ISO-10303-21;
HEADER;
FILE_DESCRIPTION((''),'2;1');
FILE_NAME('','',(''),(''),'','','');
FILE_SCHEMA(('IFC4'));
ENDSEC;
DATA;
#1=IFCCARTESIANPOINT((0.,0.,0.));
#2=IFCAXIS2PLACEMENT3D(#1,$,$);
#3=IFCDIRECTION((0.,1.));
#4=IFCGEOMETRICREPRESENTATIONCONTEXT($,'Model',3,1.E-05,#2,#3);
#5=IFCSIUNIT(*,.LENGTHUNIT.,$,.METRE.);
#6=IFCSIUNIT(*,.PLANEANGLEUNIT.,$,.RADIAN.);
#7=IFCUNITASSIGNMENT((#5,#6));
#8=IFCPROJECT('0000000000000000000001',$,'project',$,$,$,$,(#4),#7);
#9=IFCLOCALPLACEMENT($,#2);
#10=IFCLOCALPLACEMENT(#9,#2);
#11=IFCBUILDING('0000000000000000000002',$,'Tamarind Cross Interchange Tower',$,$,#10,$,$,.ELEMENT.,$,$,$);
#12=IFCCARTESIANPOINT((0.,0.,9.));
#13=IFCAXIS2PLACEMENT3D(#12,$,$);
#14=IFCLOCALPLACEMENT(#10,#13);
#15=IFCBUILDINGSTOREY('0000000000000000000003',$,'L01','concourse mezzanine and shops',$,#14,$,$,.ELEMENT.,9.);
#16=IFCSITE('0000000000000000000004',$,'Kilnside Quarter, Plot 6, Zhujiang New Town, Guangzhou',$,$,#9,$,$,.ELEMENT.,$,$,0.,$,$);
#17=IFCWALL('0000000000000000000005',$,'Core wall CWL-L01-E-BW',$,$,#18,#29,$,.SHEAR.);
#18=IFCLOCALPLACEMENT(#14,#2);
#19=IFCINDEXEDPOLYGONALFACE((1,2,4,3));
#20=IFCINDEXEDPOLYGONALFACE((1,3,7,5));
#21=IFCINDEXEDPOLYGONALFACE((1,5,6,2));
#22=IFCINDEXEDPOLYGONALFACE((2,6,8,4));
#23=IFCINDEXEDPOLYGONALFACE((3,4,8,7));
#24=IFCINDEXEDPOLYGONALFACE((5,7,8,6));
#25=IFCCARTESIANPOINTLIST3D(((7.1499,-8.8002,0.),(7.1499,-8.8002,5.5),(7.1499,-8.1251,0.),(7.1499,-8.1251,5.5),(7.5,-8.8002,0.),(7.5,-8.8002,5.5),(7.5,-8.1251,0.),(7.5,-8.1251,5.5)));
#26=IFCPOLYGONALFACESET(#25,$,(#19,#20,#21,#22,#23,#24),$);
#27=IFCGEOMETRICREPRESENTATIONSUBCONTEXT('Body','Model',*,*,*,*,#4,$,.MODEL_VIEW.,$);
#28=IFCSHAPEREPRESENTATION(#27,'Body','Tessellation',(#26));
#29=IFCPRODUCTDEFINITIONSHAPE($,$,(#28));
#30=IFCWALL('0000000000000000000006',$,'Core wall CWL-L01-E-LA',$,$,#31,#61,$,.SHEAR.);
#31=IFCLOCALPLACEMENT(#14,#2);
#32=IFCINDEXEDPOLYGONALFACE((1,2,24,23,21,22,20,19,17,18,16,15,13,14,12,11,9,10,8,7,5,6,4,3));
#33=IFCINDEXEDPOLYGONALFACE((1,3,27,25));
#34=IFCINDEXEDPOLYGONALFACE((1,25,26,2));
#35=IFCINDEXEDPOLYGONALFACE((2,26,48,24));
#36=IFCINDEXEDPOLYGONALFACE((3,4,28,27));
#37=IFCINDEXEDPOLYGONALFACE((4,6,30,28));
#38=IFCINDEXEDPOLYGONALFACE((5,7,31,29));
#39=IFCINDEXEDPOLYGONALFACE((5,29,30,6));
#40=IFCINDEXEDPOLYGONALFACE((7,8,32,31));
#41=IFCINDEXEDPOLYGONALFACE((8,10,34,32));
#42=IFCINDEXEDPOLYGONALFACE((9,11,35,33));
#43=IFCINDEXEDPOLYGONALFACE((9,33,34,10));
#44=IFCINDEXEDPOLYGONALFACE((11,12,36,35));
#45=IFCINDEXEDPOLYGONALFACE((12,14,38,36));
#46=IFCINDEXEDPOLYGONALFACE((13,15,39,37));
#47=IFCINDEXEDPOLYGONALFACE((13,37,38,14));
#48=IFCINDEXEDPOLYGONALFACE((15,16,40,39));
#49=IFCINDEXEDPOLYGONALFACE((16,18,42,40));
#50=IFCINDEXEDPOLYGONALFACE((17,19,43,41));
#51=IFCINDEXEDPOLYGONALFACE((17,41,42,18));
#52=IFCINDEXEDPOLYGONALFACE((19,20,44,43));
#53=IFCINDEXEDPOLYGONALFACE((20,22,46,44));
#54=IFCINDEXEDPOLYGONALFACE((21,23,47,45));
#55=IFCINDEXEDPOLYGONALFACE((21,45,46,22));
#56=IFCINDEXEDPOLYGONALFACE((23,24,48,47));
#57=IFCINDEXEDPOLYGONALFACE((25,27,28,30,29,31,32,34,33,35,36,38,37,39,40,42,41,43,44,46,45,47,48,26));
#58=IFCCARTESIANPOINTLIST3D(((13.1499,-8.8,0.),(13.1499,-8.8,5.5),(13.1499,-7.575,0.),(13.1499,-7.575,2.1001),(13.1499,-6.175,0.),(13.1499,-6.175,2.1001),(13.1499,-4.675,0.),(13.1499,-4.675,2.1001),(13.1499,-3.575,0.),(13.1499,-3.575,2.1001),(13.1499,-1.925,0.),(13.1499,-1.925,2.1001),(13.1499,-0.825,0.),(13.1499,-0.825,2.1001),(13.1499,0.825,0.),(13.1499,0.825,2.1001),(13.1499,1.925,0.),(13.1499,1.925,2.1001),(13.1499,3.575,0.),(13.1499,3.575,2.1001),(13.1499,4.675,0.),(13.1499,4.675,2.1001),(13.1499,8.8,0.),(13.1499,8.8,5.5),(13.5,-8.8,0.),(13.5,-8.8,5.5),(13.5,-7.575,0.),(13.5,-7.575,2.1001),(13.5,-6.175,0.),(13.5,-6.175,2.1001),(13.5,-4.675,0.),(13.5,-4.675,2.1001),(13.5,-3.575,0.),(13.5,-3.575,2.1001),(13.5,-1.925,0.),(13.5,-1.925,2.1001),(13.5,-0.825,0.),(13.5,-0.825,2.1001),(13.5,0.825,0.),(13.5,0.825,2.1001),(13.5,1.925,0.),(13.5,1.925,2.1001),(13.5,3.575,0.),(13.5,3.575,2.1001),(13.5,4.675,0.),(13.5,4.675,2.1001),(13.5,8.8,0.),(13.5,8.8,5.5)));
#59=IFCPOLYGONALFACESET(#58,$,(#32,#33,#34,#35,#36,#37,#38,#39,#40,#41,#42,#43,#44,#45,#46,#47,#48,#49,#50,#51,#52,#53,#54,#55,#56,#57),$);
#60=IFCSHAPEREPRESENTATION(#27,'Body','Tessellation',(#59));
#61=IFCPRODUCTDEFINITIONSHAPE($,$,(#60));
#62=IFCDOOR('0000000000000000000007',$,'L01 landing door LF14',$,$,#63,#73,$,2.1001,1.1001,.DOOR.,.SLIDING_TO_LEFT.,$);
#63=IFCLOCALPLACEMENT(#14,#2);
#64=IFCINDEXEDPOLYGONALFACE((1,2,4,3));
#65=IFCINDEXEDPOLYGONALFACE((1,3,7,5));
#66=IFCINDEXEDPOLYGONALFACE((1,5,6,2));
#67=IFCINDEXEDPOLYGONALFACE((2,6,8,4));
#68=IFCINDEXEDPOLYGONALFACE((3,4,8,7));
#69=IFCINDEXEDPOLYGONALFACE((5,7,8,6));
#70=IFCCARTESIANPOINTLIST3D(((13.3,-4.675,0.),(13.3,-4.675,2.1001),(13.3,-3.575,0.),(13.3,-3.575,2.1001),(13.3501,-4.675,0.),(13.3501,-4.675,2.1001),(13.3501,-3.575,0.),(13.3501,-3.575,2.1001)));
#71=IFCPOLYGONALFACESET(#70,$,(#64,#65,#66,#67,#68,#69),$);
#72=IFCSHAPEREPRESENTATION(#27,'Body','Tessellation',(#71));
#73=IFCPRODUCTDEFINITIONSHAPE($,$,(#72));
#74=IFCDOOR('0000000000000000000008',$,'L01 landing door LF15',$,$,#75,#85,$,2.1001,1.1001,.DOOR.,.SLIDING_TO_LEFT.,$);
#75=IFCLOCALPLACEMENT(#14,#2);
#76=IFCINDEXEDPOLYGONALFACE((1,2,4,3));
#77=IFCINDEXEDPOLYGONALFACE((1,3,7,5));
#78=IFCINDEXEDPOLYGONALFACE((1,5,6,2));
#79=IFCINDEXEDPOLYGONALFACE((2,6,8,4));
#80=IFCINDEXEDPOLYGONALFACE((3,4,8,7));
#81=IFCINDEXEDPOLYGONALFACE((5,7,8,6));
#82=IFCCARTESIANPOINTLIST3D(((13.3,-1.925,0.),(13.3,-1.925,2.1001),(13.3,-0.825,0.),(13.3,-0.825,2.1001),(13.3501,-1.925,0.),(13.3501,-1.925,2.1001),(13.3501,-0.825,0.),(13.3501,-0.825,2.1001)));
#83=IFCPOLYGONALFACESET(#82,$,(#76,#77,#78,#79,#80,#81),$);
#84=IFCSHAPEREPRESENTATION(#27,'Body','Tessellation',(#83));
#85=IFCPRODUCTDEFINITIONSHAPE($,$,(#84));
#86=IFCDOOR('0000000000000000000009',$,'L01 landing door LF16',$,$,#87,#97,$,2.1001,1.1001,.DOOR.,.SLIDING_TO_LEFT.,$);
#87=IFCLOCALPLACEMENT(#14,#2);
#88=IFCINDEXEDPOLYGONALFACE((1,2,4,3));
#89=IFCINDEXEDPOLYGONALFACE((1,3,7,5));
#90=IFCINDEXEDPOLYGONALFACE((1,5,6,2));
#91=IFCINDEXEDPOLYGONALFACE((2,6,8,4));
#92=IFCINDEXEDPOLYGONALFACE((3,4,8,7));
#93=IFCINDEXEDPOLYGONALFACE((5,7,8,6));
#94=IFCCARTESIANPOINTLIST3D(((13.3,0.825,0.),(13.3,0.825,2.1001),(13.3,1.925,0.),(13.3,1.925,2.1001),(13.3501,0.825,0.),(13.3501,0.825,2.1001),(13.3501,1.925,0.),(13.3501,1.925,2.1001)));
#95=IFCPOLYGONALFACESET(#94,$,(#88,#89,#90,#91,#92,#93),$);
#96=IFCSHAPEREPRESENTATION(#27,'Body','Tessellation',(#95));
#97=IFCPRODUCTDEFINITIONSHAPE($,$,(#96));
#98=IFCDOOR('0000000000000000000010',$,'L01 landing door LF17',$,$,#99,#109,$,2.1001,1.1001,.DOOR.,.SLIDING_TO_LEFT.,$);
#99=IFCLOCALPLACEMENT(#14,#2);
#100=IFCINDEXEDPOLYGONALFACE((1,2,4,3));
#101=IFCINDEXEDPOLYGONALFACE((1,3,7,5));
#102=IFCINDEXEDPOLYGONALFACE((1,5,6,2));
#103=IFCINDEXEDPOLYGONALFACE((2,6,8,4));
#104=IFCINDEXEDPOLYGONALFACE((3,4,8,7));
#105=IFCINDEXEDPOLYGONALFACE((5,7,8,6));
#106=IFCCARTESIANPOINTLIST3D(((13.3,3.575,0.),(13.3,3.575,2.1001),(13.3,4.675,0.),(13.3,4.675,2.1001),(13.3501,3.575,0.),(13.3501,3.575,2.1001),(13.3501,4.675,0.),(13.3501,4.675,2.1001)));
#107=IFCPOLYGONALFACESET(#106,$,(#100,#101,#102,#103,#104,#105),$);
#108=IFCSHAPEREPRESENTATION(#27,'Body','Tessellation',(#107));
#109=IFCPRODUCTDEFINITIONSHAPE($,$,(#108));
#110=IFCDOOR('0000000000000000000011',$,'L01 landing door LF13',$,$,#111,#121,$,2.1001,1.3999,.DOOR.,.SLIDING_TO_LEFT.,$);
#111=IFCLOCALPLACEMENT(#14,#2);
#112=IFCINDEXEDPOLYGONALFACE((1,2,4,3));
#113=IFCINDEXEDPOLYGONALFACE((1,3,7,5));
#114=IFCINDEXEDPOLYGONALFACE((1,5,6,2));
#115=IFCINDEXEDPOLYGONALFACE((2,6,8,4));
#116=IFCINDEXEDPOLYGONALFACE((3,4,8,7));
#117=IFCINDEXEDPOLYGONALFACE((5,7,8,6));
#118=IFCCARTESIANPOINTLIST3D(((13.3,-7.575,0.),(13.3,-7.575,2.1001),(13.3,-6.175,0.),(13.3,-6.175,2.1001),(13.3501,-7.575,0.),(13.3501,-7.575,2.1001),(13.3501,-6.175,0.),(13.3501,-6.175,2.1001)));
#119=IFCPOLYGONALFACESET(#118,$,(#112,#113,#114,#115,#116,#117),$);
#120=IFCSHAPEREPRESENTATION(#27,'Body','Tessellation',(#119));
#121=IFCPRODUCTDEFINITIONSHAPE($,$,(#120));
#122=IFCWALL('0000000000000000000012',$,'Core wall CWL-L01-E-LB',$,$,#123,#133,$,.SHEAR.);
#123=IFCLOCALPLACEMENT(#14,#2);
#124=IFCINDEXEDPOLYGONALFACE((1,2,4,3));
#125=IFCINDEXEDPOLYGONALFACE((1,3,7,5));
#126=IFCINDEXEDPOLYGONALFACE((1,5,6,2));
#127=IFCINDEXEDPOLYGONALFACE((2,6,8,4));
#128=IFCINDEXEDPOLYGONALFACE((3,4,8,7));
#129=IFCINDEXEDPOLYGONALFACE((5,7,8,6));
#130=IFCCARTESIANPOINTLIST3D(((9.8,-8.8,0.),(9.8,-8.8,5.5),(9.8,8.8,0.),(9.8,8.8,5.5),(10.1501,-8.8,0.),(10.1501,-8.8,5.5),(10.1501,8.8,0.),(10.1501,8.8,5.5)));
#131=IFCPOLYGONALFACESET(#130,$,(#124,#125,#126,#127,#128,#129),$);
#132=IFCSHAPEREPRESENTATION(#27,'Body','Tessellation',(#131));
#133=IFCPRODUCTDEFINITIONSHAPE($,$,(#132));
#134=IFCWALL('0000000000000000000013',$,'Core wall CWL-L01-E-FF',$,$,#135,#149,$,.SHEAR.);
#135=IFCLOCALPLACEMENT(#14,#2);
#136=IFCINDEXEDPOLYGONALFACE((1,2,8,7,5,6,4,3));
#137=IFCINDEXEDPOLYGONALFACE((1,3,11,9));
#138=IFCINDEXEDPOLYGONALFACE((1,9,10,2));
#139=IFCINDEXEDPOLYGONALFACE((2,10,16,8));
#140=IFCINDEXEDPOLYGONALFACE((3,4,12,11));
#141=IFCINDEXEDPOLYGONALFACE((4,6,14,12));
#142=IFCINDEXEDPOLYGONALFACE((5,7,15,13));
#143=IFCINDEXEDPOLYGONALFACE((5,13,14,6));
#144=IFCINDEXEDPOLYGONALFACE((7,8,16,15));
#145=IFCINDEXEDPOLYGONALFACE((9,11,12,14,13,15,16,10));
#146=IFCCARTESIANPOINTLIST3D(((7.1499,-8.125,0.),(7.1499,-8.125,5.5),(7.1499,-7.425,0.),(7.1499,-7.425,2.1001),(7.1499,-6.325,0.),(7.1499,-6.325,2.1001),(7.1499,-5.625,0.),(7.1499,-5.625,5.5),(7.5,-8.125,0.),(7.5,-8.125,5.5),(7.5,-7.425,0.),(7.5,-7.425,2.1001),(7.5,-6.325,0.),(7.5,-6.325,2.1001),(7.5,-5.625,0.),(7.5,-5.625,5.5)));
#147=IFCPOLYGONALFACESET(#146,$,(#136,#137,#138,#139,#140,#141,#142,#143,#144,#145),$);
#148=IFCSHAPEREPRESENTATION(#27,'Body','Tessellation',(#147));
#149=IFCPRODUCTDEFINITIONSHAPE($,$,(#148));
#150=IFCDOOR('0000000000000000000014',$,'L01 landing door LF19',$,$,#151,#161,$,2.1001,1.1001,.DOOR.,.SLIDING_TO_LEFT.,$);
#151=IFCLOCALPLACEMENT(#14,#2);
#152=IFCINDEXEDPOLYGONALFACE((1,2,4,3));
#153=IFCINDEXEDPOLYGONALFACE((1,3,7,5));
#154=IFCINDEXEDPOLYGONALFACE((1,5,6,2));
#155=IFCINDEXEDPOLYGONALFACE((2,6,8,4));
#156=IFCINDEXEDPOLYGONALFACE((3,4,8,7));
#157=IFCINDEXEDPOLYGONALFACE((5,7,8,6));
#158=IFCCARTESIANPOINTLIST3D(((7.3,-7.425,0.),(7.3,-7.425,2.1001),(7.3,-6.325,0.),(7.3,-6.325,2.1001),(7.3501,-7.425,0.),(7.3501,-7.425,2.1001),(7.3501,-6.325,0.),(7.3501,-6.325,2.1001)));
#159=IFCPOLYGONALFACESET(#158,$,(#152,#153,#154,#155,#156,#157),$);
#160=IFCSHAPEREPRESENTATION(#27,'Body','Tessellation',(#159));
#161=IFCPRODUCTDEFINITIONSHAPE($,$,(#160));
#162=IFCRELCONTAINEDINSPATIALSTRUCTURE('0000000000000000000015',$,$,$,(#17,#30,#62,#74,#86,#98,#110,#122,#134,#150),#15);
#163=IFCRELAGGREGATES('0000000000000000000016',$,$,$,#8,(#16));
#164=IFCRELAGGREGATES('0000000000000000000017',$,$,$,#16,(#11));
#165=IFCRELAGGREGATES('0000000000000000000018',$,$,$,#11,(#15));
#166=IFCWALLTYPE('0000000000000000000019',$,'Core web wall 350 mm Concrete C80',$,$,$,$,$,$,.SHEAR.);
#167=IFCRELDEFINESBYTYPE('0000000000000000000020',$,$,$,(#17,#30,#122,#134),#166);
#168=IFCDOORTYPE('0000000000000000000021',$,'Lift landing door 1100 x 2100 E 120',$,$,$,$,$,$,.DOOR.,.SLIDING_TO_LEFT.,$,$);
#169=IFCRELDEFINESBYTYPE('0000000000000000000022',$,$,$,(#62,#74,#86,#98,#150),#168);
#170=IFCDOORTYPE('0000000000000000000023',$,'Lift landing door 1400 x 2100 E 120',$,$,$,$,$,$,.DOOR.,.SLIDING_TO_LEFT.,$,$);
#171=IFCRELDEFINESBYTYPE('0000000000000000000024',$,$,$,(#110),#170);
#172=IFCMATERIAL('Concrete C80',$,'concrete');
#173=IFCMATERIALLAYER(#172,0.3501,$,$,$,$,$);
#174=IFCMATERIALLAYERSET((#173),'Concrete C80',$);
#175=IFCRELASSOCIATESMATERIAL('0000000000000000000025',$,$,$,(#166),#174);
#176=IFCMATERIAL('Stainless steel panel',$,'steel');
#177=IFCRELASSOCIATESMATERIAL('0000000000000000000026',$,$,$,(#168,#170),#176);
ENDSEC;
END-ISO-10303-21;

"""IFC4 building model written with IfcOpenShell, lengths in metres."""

from ifc_helpers import new_model, si_unit, direction, frame, frame_2d, origin, place, context, subcontext, project, spatial, rectangle, extrude, material, layer, layer_set, type_object, element, fill, save


model = new_model("IFC4")

# Units and contexts
model_context = context("Model", 3, precision=1e-05, world=origin(), true_north=direction((0.0, 1.0)))
body_context = subcontext(model_context, "Body", "Model", "MODEL_VIEW")
ifc_project = project(units=[si_unit("LENGTHUNIT", "METRE"), si_unit("PLANEANGLEUNIT", "RADIAN")], contexts=[model_context])

# Site, building, storey
site_placement = place(None, origin())
site = spatial("IfcSite", under=ifc_project, at=site_placement, Name="Kilnside Quarter, Plot 6, Zhujiang New Town, Guangzhou", CompositionType="ELEMENT", RefElevation=0.0)
building_placement = place(site_placement, origin())
building = spatial("IfcBuilding", under=site, at=building_placement, Name="Tamarind Cross Interchange Tower", CompositionType="ELEMENT")
storey_placement = place(building_placement, frame((0.0, 0.0, 9.0)))
storey = spatial("IfcBuildingStorey", under=building, at=storey_placement, Name="L01", Description="concourse mezzanine and shops", CompositionType="ELEMENT", Elevation=9.0)

# Wall
ifc_material_1 = material(Name="Concrete C80", Category="concrete")
ifc_layer_1 = layer(ifc_material_1, 0.3501)
ifc_layer_set_1 = layer_set([ifc_layer_1], Name="Concrete C80")
wall_type_1 = type_object("IfcWallType", Name="Core web wall 350 mm Concrete C80", PredefinedType="SHEAR", material=ifc_layer_set_1)
wall_1_placement = place(storey_placement, frame((7.325, -8.8, 0.0), z_axis=(0.0, 0.0, 1.0), x_axis=(0.0, 1.0, 0.0)))
element("IfcWall", 1, at=wall_1_placement, inside=storey, type_object=wall_type_1, Name="Core wall CWL-L01-E-BW", PredefinedType="SHEAR", context=body_context, shape_type="SweptSolid", body=[
    extrude(rectangle(XDim=0.675, YDim=0.3501, at=frame_2d((0.3374, 0.0))), origin(), (0.0, 0.0, 1.0), 5.5),
])

# Wall, openings, doors
wall_2_placement = place(storey_placement, frame((13.325, -8.8, 0.0), z_axis=(0.0, 0.0, 1.0), x_axis=(0.0, 1.0, 0.0)))
wall_2 = element("IfcWall", 2, at=wall_2_placement, inside=storey, type_object=wall_type_1, Name="Core wall CWL-L01-E-LA", PredefinedType="SHEAR", context=body_context, shape_type="SweptSolid", body=[
    extrude(rectangle(XDim=17.6001, YDim=0.3501, at=frame_2d((8.8, 0.0))), origin(), (0.0, 0.0, 1.0), 5.5),
])
opening_1_placement = place(wall_2_placement, frame((1.2251, 0.0, 0.0)))
opening_1 = element("IfcOpeningElement", 3, at=opening_1_placement, cuts=wall_2, PredefinedType="OPENING", context=body_context, shape_type="SweptSolid", body=[
    extrude(rectangle(XDim=1.3999, YDim=2.1001, at=frame_2d((0.7, 1.05))), frame((0.0, 0.1851, 0.0), z_axis=(0.0, -1.0, 0.0), x_axis=(1.0, 0.0, 0.0)), (0.0, 0.0, 1.0), 0.3701),
])
opening_2_placement = place(wall_2_placement, frame((4.125, 0.0, 0.0)))
opening_2 = element("IfcOpeningElement", 4, at=opening_2_placement, cuts=wall_2, PredefinedType="OPENING", context=body_context, shape_type="SweptSolid", body=[
    extrude(rectangle(XDim=1.1001, YDim=2.1001, at=frame_2d((0.55, 1.05))), frame((0.0, 0.1851, 0.0), z_axis=(0.0, -1.0, 0.0), x_axis=(1.0, 0.0, 0.0)), (0.0, 0.0, 1.0), 0.3701),
])
opening_3_placement = place(wall_2_placement, frame((6.875, 0.0, 0.0)))
opening_3 = element("IfcOpeningElement", 5, at=opening_3_placement, cuts=wall_2, PredefinedType="OPENING", context=body_context, shape_type="SweptSolid", body=[
    extrude(rectangle(XDim=1.1001, YDim=2.1001, at=frame_2d((0.55, 1.05))), frame((0.0, 0.1851, 0.0), z_axis=(0.0, -1.0, 0.0), x_axis=(1.0, 0.0, 0.0)), (0.0, 0.0, 1.0), 0.3701),
])
opening_4_placement = place(wall_2_placement, frame((9.625, 0.0, 0.0)))
opening_4 = element("IfcOpeningElement", 6, at=opening_4_placement, cuts=wall_2, PredefinedType="OPENING", context=body_context, shape_type="SweptSolid", body=[
    extrude(rectangle(XDim=1.1001, YDim=2.1001, at=frame_2d((0.55, 1.05))), frame((0.0, 0.1851, 0.0), z_axis=(0.0, -1.0, 0.0), x_axis=(1.0, 0.0, 0.0)), (0.0, 0.0, 1.0), 0.3701),
])
opening_5_placement = place(wall_2_placement, frame((12.375, 0.0, 0.0)))
opening_5 = element("IfcOpeningElement", 7, at=opening_5_placement, cuts=wall_2, PredefinedType="OPENING", context=body_context, shape_type="SweptSolid", body=[
    extrude(rectangle(XDim=1.1001, YDim=2.1001, at=frame_2d((0.55, 1.05))), frame((0.0, 0.1851, 0.0), z_axis=(0.0, -1.0, 0.0), x_axis=(1.0, 0.0, 0.0)), (0.0, 0.0, 1.0), 0.3701),
])
ifc_material_2 = material(Name="Stainless steel panel", Category="steel")
door_type_1 = type_object("IfcDoorType", Name="Lift landing door 1100 x 2100 E 120", OperationType="SLIDING_TO_LEFT", PredefinedType="DOOR", material=ifc_material_2)
door_1_placement = place(opening_2_placement, origin())
door_1 = element("IfcDoor", 8, at=door_1_placement, inside=storey, type_object=door_type_1, Name="L01 landing door LF14", OperationType="SLIDING_TO_LEFT", OverallHeight=2.1001, OverallWidth=1.1001, PredefinedType="DOOR", context=body_context, shape_type="SweptSolid", body=[
    extrude(rectangle(XDim=1.1001, YDim=2.1001, at=frame_2d((0.55, 1.05))), frame((0.0, 0.0249, 0.0), z_axis=(0.0, -1.0, 0.0), x_axis=(1.0, 0.0, 0.0)), (0.0, 0.0, 1.0), 0.05),
])
fill(opening_2, door_1)
door_2_placement = place(opening_3_placement, origin())
door_2 = element("IfcDoor", 9, at=door_2_placement, inside=storey, type_object=door_type_1, Name="L01 landing door LF15", OperationType="SLIDING_TO_LEFT", OverallHeight=2.1001, OverallWidth=1.1001, PredefinedType="DOOR", context=body_context, shape_type="SweptSolid", body=[
    extrude(rectangle(XDim=1.1001, YDim=2.1001, at=frame_2d((0.55, 1.05))), frame((0.0, 0.0249, 0.0), z_axis=(0.0, -1.0, 0.0), x_axis=(1.0, 0.0, 0.0)), (0.0, 0.0, 1.0), 0.05),
])
fill(opening_3, door_2)
door_3_placement = place(opening_4_placement, origin())
door_3 = element("IfcDoor", 10, at=door_3_placement, inside=storey, type_object=door_type_1, Name="L01 landing door LF16", OperationType="SLIDING_TO_LEFT", OverallHeight=2.1001, OverallWidth=1.1001, PredefinedType="DOOR", context=body_context, shape_type="SweptSolid", body=[
    extrude(rectangle(XDim=1.1001, YDim=2.1001, at=frame_2d((0.55, 1.05))), frame((0.0, 0.0249, 0.0), z_axis=(0.0, -1.0, 0.0), x_axis=(1.0, 0.0, 0.0)), (0.0, 0.0, 1.0), 0.05),
])
fill(opening_4, door_3)
door_4_placement = place(opening_5_placement, origin())
door_4 = element("IfcDoor", 11, at=door_4_placement, inside=storey, type_object=door_type_1, Name="L01 landing door LF17", OperationType="SLIDING_TO_LEFT", OverallHeight=2.1001, OverallWidth=1.1001, PredefinedType="DOOR", context=body_context, shape_type="SweptSolid", body=[
    extrude(rectangle(XDim=1.1001, YDim=2.1001, at=frame_2d((0.55, 1.05))), frame((0.0, 0.0249, 0.0), z_axis=(0.0, -1.0, 0.0), x_axis=(1.0, 0.0, 0.0)), (0.0, 0.0, 1.0), 0.05),
])
fill(opening_5, door_4)
door_type_2 = type_object("IfcDoorType", Name="Lift landing door 1400 x 2100 E 120", OperationType="SLIDING_TO_LEFT", PredefinedType="DOOR", material=ifc_material_2)
door_5_placement = place(opening_1_placement, origin())
door_5 = element("IfcDoor", 12, at=door_5_placement, inside=storey, type_object=door_type_2, Name="L01 landing door LF13", OperationType="SLIDING_TO_LEFT", OverallHeight=2.1001, OverallWidth=1.3999, PredefinedType="DOOR", context=body_context, shape_type="SweptSolid", body=[
    extrude(rectangle(XDim=1.3999, YDim=2.1001, at=frame_2d((0.7, 1.05))), frame((0.0, 0.0249, 0.0), z_axis=(0.0, -1.0, 0.0), x_axis=(1.0, 0.0, 0.0)), (0.0, 0.0, 1.0), 0.05),
])
fill(opening_1, door_5)

# Wall
wall_3_placement = place(storey_placement, frame((9.9751, -8.8, 0.0), z_axis=(0.0, 0.0, 1.0), x_axis=(0.0, 1.0, 0.0)))
element("IfcWall", 13, at=wall_3_placement, inside=storey, type_object=wall_type_1, Name="Core wall CWL-L01-E-LB", PredefinedType="SHEAR", context=body_context, shape_type="SweptSolid", body=[
    extrude(rectangle(XDim=17.6001, YDim=0.3501, at=frame_2d((8.8, 0.0))), origin(), (0.0, 0.0, 1.0), 5.5),
])

# Wall, opening, door
wall_4_placement = place(storey_placement, frame((7.325, -8.125, 0.0), z_axis=(0.0, 0.0, 1.0), x_axis=(0.0, 1.0, 0.0)))
wall_4 = element("IfcWall", 14, at=wall_4_placement, inside=storey, type_object=wall_type_1, Name="Core wall CWL-L01-E-FF", PredefinedType="SHEAR", context=body_context, shape_type="SweptSolid", body=[
    extrude(rectangle(XDim=2.5, YDim=0.3501, at=frame_2d((1.25, 0.0))), origin(), (0.0, 0.0, 1.0), 5.5),
])
opening_6_placement = place(wall_4_placement, frame((0.7, 0.0, 0.0)))
opening_6 = element("IfcOpeningElement", 15, at=opening_6_placement, cuts=wall_4, PredefinedType="OPENING", context=body_context, shape_type="SweptSolid", body=[
    extrude(rectangle(XDim=1.1001, YDim=2.1001, at=frame_2d((0.55, 1.05))), frame((0.0, 0.1851, 0.0), z_axis=(0.0, -1.0, 0.0), x_axis=(1.0, 0.0, 0.0)), (0.0, 0.0, 1.0), 0.3701),
])
door_6_placement = place(opening_6_placement, origin())
door_6 = element("IfcDoor", 16, at=door_6_placement, inside=storey, type_object=door_type_1, Name="L01 landing door LF19", OperationType="SLIDING_TO_LEFT", OverallHeight=2.1001, OverallWidth=1.1001, PredefinedType="DOOR", context=body_context, shape_type="SweptSolid", body=[
    extrude(rectangle(XDim=1.1001, YDim=2.1001, at=frame_2d((0.55, 1.05))), frame((0.0, 0.0249, 0.0), z_axis=(0.0, -1.0, 0.0), x_axis=(1.0, 0.0, 0.0)), (0.0, 0.0, 1.0), 0.05),
])
fill(opening_6, door_6)

save(model, "model.ifc")
